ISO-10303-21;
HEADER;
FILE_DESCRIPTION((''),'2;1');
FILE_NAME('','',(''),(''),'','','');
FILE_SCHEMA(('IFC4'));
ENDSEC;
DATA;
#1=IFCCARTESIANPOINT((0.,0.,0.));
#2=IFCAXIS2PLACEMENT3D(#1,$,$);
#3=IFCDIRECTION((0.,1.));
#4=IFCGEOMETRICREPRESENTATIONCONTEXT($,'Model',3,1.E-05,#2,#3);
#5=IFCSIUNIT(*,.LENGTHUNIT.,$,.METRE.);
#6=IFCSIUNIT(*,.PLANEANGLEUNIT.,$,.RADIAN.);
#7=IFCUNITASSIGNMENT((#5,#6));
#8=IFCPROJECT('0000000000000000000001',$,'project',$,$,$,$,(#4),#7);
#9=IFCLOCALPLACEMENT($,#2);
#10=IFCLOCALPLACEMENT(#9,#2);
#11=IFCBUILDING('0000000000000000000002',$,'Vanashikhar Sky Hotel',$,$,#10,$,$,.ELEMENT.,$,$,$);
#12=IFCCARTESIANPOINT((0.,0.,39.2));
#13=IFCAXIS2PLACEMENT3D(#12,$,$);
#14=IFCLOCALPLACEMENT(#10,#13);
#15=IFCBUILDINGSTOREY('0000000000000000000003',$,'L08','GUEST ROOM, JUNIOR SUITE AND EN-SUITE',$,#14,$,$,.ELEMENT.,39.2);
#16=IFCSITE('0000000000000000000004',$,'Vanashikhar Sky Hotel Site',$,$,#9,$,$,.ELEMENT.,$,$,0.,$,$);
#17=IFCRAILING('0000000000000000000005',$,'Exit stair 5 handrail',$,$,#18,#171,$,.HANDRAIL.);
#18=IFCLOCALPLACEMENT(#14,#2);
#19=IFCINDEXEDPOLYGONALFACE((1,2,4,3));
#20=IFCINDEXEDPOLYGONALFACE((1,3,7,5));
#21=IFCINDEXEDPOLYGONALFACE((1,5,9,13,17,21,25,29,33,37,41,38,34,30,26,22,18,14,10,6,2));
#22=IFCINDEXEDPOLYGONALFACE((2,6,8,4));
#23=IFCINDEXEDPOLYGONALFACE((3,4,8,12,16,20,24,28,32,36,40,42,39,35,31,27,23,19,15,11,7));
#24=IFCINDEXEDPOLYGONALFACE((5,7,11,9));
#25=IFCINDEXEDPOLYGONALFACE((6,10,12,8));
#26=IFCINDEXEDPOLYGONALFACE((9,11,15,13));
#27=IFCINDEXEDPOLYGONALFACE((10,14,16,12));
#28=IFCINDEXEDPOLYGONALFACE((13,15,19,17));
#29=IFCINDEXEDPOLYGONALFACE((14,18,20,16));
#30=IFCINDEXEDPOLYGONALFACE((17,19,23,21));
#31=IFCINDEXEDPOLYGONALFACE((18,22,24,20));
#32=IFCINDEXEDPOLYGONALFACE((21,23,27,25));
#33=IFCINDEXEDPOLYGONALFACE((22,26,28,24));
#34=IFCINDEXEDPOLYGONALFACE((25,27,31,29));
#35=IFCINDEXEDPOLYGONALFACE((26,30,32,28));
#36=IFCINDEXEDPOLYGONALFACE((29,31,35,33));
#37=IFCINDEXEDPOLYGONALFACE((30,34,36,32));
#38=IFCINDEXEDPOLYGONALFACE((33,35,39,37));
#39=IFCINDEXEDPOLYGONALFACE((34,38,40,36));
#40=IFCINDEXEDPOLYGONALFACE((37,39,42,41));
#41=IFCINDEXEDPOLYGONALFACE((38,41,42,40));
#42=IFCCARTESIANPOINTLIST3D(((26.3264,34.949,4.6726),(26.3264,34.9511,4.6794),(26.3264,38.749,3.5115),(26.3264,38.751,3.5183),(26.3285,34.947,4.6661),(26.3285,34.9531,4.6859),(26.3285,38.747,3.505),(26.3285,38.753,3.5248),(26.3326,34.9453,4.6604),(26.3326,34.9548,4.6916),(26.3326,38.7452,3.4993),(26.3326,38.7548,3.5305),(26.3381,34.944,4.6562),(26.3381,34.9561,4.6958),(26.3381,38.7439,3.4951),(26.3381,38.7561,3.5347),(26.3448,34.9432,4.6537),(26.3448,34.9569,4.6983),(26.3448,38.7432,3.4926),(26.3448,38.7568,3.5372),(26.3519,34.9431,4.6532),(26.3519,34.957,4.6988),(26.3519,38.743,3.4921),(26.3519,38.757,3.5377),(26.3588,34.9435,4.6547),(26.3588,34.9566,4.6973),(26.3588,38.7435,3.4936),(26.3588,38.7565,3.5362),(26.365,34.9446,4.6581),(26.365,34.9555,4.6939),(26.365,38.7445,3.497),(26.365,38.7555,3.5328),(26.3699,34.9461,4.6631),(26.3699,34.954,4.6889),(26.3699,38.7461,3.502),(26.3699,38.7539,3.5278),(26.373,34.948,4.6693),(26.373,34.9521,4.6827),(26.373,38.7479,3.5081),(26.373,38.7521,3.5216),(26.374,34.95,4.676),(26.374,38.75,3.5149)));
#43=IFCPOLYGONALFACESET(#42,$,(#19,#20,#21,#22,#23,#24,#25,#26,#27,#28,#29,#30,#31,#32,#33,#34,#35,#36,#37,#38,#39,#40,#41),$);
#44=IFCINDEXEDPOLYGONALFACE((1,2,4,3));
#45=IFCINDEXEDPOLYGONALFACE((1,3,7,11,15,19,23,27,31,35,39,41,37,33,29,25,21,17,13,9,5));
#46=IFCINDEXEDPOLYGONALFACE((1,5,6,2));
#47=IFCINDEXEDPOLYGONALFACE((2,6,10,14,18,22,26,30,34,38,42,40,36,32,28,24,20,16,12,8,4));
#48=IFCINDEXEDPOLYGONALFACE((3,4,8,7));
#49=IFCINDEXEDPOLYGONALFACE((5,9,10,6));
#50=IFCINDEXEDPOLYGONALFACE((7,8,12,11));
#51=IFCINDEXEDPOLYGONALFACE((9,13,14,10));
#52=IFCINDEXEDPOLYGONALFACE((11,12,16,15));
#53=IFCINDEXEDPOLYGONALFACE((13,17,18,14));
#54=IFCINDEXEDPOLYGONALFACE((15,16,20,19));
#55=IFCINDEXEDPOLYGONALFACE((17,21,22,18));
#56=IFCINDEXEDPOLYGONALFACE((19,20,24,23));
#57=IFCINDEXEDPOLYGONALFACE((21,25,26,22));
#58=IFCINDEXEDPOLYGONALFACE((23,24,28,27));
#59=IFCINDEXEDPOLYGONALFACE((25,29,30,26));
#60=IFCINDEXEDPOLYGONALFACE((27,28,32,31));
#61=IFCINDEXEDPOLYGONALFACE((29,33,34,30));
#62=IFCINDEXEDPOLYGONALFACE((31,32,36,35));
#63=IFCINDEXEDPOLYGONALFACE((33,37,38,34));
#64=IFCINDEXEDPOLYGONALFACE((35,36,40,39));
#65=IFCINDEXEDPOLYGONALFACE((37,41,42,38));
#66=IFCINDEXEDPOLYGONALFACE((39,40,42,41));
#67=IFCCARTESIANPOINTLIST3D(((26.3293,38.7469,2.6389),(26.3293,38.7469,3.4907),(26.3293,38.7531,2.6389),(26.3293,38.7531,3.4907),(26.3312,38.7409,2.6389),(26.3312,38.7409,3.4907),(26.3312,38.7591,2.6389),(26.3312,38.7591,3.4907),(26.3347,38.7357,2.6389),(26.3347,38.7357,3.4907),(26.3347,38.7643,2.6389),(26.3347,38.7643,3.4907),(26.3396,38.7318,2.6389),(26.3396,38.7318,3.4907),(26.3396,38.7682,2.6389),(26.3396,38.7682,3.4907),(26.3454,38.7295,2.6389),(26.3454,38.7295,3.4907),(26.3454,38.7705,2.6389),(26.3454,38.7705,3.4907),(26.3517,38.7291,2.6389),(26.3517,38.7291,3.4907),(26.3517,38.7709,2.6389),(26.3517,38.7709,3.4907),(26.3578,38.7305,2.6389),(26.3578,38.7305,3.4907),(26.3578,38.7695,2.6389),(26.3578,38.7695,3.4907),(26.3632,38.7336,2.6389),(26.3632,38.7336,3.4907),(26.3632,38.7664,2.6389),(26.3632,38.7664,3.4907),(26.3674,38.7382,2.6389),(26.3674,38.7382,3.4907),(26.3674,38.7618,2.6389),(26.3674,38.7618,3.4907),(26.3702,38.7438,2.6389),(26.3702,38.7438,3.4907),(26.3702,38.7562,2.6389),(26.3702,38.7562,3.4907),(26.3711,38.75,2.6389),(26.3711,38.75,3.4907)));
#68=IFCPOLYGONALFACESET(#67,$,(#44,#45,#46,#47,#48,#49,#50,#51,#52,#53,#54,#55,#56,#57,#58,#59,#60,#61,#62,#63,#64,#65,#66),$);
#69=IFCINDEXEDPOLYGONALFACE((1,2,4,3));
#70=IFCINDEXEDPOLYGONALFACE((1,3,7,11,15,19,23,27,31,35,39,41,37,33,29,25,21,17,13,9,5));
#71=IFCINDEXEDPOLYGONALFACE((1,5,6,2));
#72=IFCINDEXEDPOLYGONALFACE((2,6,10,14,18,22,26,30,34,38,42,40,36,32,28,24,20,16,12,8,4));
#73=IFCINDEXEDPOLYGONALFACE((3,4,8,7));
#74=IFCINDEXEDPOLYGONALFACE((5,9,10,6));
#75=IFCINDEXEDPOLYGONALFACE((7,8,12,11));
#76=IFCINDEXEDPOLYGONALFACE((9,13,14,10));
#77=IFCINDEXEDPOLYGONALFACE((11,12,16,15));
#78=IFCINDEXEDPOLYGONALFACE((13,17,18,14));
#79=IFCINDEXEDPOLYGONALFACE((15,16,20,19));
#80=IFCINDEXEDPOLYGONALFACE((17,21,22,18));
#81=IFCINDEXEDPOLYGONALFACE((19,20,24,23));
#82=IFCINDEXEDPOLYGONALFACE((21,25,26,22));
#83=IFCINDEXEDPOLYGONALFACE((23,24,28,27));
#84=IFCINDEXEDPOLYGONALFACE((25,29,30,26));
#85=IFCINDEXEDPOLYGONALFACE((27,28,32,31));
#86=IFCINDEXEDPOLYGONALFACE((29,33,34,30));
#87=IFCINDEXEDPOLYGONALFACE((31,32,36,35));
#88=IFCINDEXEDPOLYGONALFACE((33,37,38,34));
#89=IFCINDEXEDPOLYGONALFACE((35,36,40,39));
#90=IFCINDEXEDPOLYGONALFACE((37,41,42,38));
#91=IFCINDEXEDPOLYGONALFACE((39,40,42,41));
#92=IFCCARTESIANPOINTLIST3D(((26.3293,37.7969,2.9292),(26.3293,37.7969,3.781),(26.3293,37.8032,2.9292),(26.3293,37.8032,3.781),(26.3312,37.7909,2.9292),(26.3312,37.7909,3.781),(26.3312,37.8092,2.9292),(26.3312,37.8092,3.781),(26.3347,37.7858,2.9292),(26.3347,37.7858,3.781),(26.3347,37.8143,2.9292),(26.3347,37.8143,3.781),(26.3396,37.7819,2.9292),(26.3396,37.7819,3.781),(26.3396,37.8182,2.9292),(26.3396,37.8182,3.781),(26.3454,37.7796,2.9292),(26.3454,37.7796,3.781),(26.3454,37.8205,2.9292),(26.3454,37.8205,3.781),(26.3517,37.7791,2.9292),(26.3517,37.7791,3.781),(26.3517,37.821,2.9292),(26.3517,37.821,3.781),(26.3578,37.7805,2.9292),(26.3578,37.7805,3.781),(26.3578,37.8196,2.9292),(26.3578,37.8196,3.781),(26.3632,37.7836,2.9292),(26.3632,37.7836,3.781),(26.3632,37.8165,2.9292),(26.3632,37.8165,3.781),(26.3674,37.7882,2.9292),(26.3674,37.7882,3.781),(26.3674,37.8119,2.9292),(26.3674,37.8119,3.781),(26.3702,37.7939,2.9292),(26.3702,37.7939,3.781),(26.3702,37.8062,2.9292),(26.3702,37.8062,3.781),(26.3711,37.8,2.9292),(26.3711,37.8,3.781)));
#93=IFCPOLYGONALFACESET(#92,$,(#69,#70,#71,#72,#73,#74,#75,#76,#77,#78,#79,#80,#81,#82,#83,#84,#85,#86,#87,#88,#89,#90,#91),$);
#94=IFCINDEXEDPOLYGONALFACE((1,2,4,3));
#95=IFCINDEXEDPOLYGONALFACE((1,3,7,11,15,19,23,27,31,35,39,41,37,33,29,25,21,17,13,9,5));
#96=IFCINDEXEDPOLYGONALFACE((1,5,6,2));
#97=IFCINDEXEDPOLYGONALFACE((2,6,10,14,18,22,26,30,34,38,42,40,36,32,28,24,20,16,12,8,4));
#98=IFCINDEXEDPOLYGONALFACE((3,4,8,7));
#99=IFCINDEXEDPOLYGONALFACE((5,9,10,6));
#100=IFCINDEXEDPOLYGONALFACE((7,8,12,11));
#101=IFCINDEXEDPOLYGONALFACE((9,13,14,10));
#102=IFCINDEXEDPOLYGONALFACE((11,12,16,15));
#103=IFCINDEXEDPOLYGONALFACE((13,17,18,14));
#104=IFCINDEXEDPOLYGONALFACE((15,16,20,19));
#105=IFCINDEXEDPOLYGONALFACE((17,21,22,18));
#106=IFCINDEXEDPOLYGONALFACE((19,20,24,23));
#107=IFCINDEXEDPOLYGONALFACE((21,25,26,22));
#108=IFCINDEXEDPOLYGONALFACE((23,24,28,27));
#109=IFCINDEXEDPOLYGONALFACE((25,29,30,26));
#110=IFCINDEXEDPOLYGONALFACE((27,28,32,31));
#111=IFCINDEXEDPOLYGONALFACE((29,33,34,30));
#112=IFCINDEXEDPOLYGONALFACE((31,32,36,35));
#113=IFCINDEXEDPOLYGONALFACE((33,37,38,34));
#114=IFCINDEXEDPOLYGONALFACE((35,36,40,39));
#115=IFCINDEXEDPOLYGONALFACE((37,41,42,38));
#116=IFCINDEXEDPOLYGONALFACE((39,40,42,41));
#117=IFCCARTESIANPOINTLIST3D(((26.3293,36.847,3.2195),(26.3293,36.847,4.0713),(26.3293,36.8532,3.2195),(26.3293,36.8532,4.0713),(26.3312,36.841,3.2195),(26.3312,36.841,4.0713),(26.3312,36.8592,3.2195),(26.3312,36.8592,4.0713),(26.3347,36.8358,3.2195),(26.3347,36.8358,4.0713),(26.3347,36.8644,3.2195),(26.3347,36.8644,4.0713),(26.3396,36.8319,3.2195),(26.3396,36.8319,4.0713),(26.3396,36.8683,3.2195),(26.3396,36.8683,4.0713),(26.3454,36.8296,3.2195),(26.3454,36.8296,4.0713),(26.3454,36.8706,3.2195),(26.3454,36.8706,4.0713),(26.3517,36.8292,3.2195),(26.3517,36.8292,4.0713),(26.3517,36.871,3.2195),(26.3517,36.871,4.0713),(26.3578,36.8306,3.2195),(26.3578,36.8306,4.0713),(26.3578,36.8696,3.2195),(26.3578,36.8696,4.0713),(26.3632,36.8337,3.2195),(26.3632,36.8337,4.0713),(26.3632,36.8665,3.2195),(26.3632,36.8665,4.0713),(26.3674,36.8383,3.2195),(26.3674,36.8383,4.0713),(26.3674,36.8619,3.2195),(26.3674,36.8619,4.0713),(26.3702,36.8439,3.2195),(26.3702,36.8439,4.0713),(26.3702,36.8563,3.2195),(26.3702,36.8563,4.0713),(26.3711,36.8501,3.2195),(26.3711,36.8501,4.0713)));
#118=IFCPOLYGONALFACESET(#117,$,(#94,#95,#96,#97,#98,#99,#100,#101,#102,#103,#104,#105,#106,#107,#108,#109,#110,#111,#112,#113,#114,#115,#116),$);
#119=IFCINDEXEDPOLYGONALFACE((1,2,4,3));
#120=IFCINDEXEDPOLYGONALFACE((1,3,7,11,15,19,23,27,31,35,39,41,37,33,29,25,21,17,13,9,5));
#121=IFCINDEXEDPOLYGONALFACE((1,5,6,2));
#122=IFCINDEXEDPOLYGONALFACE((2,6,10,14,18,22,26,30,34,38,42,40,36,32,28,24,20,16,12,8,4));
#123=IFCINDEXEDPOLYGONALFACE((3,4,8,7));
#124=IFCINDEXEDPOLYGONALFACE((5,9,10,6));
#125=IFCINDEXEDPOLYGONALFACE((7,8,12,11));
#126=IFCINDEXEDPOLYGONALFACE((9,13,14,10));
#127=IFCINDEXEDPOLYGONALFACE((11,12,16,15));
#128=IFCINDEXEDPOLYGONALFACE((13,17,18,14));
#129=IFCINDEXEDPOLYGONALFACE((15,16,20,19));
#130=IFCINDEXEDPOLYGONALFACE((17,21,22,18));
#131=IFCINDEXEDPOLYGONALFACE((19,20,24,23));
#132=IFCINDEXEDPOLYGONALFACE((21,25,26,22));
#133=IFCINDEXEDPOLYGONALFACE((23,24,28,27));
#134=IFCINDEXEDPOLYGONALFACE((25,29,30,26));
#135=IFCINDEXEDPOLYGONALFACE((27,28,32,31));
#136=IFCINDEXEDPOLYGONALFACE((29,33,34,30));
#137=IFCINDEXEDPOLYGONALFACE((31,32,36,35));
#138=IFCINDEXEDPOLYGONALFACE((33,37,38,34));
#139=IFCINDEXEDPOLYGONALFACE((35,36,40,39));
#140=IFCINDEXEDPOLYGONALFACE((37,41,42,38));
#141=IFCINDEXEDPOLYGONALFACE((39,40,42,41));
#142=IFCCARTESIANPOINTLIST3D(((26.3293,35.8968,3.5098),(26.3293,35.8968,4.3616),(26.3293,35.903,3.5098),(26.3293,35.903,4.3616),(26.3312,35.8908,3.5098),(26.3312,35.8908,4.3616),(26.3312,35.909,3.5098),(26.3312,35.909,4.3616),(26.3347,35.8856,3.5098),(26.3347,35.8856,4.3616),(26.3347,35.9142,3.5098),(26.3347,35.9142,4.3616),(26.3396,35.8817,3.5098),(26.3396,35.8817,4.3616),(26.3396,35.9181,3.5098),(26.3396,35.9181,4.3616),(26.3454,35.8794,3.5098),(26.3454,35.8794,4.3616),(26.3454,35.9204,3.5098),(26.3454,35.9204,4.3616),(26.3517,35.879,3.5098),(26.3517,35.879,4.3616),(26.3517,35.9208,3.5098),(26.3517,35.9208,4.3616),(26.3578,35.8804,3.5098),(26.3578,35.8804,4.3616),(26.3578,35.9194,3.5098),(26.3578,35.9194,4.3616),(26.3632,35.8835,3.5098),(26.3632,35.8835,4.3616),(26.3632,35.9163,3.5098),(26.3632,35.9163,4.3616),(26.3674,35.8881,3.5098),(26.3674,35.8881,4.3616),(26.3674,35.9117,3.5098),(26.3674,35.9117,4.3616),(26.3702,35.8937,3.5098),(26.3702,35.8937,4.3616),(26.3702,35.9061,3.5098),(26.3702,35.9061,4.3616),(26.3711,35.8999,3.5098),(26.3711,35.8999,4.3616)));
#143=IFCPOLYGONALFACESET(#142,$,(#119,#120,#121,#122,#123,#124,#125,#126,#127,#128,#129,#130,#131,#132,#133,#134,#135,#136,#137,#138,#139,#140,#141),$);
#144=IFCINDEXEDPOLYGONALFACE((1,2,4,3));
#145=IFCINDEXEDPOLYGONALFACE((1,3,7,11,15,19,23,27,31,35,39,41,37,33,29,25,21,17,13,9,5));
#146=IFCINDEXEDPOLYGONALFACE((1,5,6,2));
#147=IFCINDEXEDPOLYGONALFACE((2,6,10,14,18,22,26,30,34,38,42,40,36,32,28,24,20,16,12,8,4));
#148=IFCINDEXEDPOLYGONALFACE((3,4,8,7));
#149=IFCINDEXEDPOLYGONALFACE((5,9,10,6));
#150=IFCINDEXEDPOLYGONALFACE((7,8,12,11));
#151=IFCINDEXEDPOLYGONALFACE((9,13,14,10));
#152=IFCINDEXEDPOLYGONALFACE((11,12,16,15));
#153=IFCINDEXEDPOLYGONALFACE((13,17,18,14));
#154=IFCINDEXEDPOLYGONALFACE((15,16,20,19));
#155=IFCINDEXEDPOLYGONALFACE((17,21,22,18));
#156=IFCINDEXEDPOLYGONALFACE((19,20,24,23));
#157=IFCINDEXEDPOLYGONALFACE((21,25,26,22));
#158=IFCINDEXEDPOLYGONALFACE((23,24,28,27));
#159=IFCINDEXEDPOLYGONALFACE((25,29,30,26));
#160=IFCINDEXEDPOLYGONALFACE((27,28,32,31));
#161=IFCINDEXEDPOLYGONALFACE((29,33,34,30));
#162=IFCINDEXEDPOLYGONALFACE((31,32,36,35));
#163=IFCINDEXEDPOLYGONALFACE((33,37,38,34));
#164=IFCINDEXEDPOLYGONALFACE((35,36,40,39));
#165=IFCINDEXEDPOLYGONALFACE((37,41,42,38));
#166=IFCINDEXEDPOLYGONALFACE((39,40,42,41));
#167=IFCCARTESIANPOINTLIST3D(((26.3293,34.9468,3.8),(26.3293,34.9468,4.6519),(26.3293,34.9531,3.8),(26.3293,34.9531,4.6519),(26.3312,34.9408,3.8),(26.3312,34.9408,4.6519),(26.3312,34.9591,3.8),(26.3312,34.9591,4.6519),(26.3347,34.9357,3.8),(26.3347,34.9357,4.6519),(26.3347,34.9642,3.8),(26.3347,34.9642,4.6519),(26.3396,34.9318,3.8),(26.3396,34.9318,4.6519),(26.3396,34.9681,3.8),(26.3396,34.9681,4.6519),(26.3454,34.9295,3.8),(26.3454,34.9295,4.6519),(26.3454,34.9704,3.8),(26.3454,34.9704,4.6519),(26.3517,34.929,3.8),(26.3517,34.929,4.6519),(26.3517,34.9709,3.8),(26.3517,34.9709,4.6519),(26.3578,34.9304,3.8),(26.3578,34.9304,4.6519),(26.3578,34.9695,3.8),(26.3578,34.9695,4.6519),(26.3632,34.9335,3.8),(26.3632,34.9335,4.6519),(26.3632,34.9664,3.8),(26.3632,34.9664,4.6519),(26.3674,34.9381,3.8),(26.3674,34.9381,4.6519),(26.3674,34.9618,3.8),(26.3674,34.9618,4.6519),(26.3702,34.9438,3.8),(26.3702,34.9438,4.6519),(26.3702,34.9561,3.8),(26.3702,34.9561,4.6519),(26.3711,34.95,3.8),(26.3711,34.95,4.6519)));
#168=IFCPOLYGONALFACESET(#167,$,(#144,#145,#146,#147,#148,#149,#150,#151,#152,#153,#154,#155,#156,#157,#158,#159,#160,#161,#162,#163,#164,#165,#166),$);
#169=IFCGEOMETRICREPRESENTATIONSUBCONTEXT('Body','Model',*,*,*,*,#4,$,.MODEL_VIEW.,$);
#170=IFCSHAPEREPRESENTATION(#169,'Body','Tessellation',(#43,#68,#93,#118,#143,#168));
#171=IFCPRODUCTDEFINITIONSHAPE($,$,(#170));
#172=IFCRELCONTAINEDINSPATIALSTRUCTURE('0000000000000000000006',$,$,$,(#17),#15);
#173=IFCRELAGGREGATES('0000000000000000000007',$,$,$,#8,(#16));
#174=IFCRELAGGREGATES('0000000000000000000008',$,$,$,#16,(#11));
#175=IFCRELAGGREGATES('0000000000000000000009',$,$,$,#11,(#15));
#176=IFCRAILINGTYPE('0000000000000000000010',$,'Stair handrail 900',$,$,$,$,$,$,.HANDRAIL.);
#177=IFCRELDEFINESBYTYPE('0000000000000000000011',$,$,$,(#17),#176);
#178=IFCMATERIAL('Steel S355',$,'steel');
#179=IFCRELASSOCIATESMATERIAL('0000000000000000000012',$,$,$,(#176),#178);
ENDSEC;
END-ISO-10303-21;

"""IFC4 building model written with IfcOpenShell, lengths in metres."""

from ifc_helpers import new_model, si_unit, direction, frame, origin, origin_2d, place, context, subcontext, project, spatial, circle, extrude, source, transform, mapped, material, type_object, element, save


model = new_model("IFC4")

# Units and contexts
model_context = context("Model", 3, precision=1e-05, world=origin(), true_north=direction((0.0, 1.0)))
body_context = subcontext(model_context, "Body", "Model", "MODEL_VIEW")
ifc_project = project(units=[si_unit("LENGTHUNIT", "METRE"), si_unit("PLANEANGLEUNIT", "RADIAN")], contexts=[model_context])

# Site, building, storey
site_placement = place(None, origin())
site = spatial("IfcSite", under=ifc_project, at=site_placement, Name="Vanashikhar Sky Hotel Site", CompositionType="ELEMENT", RefElevation=0.0)
building_placement = place(site_placement, origin())
building = spatial("IfcBuilding", under=site, at=building_placement, Name="Vanashikhar Sky Hotel", CompositionType="ELEMENT")
storey_placement = place(building_placement, frame((0.0, 0.0, 39.2)))
storey = spatial("IfcBuildingStorey", under=building, at=storey_placement, Name="L08", Description="GUEST ROOM, JUNIOR SUITE AND EN-SUITE", CompositionType="ELEMENT", Elevation=39.2)

# Railing
ifc_material_1 = material(Name="Steel S355", Category="steel")
railing_type = type_object("IfcRailingType", Name="Stair handrail 900", PredefinedType="HANDRAIL", material=ifc_material_1)
shared_shape_1 = source(origin(), body_context, "Body", "SweptSolid", [
    extrude(circle(Radius=0.0239, at=origin_2d()), frame((0.0, 0.0, 0.876), z_axis=(0.0, -0.956351, 0.29222), x_axis=(1.0, 0.0, 0.0)), (0.0, 0.0, 1.0), 3.9734),
    extrude(circle(Radius=0.021, at=origin_2d()), origin(), (0.0, 0.0, 1.0), 0.8518),
    extrude(circle(Radius=0.021, at=origin_2d()), frame((0.0, -0.95, 0.2903)), (0.0, 0.0, 1.0), 0.8518),
    extrude(circle(Radius=0.021, at=origin_2d()), frame((0.0, -1.8999, 0.5806)), (0.0, 0.0, 1.0), 0.8518),
    extrude(circle(Radius=0.021, at=origin_2d()), frame((0.0, -2.8501, 0.8708)), (0.0, 0.0, 1.0), 0.8518),
    extrude(circle(Radius=0.021, at=origin_2d()), frame((0.0, -3.8, 1.1611)), (0.0, 0.0, 1.0), 0.8518),
])
railing_1_placement = place(storey_placement, frame((26.3501, 38.75, 2.6389)))
element("IfcRailing", 1, at=railing_1_placement, inside=storey, type_object=railing_type, Name="Exit stair 5 handrail", PredefinedType="HANDRAIL", context=body_context, shape_type="MappedRepresentation", body=[
    mapped(shared_shape_1, transform((0.0, 0.0, 0.0), scale=1.0)),
])

save(model, "model.ifc")
